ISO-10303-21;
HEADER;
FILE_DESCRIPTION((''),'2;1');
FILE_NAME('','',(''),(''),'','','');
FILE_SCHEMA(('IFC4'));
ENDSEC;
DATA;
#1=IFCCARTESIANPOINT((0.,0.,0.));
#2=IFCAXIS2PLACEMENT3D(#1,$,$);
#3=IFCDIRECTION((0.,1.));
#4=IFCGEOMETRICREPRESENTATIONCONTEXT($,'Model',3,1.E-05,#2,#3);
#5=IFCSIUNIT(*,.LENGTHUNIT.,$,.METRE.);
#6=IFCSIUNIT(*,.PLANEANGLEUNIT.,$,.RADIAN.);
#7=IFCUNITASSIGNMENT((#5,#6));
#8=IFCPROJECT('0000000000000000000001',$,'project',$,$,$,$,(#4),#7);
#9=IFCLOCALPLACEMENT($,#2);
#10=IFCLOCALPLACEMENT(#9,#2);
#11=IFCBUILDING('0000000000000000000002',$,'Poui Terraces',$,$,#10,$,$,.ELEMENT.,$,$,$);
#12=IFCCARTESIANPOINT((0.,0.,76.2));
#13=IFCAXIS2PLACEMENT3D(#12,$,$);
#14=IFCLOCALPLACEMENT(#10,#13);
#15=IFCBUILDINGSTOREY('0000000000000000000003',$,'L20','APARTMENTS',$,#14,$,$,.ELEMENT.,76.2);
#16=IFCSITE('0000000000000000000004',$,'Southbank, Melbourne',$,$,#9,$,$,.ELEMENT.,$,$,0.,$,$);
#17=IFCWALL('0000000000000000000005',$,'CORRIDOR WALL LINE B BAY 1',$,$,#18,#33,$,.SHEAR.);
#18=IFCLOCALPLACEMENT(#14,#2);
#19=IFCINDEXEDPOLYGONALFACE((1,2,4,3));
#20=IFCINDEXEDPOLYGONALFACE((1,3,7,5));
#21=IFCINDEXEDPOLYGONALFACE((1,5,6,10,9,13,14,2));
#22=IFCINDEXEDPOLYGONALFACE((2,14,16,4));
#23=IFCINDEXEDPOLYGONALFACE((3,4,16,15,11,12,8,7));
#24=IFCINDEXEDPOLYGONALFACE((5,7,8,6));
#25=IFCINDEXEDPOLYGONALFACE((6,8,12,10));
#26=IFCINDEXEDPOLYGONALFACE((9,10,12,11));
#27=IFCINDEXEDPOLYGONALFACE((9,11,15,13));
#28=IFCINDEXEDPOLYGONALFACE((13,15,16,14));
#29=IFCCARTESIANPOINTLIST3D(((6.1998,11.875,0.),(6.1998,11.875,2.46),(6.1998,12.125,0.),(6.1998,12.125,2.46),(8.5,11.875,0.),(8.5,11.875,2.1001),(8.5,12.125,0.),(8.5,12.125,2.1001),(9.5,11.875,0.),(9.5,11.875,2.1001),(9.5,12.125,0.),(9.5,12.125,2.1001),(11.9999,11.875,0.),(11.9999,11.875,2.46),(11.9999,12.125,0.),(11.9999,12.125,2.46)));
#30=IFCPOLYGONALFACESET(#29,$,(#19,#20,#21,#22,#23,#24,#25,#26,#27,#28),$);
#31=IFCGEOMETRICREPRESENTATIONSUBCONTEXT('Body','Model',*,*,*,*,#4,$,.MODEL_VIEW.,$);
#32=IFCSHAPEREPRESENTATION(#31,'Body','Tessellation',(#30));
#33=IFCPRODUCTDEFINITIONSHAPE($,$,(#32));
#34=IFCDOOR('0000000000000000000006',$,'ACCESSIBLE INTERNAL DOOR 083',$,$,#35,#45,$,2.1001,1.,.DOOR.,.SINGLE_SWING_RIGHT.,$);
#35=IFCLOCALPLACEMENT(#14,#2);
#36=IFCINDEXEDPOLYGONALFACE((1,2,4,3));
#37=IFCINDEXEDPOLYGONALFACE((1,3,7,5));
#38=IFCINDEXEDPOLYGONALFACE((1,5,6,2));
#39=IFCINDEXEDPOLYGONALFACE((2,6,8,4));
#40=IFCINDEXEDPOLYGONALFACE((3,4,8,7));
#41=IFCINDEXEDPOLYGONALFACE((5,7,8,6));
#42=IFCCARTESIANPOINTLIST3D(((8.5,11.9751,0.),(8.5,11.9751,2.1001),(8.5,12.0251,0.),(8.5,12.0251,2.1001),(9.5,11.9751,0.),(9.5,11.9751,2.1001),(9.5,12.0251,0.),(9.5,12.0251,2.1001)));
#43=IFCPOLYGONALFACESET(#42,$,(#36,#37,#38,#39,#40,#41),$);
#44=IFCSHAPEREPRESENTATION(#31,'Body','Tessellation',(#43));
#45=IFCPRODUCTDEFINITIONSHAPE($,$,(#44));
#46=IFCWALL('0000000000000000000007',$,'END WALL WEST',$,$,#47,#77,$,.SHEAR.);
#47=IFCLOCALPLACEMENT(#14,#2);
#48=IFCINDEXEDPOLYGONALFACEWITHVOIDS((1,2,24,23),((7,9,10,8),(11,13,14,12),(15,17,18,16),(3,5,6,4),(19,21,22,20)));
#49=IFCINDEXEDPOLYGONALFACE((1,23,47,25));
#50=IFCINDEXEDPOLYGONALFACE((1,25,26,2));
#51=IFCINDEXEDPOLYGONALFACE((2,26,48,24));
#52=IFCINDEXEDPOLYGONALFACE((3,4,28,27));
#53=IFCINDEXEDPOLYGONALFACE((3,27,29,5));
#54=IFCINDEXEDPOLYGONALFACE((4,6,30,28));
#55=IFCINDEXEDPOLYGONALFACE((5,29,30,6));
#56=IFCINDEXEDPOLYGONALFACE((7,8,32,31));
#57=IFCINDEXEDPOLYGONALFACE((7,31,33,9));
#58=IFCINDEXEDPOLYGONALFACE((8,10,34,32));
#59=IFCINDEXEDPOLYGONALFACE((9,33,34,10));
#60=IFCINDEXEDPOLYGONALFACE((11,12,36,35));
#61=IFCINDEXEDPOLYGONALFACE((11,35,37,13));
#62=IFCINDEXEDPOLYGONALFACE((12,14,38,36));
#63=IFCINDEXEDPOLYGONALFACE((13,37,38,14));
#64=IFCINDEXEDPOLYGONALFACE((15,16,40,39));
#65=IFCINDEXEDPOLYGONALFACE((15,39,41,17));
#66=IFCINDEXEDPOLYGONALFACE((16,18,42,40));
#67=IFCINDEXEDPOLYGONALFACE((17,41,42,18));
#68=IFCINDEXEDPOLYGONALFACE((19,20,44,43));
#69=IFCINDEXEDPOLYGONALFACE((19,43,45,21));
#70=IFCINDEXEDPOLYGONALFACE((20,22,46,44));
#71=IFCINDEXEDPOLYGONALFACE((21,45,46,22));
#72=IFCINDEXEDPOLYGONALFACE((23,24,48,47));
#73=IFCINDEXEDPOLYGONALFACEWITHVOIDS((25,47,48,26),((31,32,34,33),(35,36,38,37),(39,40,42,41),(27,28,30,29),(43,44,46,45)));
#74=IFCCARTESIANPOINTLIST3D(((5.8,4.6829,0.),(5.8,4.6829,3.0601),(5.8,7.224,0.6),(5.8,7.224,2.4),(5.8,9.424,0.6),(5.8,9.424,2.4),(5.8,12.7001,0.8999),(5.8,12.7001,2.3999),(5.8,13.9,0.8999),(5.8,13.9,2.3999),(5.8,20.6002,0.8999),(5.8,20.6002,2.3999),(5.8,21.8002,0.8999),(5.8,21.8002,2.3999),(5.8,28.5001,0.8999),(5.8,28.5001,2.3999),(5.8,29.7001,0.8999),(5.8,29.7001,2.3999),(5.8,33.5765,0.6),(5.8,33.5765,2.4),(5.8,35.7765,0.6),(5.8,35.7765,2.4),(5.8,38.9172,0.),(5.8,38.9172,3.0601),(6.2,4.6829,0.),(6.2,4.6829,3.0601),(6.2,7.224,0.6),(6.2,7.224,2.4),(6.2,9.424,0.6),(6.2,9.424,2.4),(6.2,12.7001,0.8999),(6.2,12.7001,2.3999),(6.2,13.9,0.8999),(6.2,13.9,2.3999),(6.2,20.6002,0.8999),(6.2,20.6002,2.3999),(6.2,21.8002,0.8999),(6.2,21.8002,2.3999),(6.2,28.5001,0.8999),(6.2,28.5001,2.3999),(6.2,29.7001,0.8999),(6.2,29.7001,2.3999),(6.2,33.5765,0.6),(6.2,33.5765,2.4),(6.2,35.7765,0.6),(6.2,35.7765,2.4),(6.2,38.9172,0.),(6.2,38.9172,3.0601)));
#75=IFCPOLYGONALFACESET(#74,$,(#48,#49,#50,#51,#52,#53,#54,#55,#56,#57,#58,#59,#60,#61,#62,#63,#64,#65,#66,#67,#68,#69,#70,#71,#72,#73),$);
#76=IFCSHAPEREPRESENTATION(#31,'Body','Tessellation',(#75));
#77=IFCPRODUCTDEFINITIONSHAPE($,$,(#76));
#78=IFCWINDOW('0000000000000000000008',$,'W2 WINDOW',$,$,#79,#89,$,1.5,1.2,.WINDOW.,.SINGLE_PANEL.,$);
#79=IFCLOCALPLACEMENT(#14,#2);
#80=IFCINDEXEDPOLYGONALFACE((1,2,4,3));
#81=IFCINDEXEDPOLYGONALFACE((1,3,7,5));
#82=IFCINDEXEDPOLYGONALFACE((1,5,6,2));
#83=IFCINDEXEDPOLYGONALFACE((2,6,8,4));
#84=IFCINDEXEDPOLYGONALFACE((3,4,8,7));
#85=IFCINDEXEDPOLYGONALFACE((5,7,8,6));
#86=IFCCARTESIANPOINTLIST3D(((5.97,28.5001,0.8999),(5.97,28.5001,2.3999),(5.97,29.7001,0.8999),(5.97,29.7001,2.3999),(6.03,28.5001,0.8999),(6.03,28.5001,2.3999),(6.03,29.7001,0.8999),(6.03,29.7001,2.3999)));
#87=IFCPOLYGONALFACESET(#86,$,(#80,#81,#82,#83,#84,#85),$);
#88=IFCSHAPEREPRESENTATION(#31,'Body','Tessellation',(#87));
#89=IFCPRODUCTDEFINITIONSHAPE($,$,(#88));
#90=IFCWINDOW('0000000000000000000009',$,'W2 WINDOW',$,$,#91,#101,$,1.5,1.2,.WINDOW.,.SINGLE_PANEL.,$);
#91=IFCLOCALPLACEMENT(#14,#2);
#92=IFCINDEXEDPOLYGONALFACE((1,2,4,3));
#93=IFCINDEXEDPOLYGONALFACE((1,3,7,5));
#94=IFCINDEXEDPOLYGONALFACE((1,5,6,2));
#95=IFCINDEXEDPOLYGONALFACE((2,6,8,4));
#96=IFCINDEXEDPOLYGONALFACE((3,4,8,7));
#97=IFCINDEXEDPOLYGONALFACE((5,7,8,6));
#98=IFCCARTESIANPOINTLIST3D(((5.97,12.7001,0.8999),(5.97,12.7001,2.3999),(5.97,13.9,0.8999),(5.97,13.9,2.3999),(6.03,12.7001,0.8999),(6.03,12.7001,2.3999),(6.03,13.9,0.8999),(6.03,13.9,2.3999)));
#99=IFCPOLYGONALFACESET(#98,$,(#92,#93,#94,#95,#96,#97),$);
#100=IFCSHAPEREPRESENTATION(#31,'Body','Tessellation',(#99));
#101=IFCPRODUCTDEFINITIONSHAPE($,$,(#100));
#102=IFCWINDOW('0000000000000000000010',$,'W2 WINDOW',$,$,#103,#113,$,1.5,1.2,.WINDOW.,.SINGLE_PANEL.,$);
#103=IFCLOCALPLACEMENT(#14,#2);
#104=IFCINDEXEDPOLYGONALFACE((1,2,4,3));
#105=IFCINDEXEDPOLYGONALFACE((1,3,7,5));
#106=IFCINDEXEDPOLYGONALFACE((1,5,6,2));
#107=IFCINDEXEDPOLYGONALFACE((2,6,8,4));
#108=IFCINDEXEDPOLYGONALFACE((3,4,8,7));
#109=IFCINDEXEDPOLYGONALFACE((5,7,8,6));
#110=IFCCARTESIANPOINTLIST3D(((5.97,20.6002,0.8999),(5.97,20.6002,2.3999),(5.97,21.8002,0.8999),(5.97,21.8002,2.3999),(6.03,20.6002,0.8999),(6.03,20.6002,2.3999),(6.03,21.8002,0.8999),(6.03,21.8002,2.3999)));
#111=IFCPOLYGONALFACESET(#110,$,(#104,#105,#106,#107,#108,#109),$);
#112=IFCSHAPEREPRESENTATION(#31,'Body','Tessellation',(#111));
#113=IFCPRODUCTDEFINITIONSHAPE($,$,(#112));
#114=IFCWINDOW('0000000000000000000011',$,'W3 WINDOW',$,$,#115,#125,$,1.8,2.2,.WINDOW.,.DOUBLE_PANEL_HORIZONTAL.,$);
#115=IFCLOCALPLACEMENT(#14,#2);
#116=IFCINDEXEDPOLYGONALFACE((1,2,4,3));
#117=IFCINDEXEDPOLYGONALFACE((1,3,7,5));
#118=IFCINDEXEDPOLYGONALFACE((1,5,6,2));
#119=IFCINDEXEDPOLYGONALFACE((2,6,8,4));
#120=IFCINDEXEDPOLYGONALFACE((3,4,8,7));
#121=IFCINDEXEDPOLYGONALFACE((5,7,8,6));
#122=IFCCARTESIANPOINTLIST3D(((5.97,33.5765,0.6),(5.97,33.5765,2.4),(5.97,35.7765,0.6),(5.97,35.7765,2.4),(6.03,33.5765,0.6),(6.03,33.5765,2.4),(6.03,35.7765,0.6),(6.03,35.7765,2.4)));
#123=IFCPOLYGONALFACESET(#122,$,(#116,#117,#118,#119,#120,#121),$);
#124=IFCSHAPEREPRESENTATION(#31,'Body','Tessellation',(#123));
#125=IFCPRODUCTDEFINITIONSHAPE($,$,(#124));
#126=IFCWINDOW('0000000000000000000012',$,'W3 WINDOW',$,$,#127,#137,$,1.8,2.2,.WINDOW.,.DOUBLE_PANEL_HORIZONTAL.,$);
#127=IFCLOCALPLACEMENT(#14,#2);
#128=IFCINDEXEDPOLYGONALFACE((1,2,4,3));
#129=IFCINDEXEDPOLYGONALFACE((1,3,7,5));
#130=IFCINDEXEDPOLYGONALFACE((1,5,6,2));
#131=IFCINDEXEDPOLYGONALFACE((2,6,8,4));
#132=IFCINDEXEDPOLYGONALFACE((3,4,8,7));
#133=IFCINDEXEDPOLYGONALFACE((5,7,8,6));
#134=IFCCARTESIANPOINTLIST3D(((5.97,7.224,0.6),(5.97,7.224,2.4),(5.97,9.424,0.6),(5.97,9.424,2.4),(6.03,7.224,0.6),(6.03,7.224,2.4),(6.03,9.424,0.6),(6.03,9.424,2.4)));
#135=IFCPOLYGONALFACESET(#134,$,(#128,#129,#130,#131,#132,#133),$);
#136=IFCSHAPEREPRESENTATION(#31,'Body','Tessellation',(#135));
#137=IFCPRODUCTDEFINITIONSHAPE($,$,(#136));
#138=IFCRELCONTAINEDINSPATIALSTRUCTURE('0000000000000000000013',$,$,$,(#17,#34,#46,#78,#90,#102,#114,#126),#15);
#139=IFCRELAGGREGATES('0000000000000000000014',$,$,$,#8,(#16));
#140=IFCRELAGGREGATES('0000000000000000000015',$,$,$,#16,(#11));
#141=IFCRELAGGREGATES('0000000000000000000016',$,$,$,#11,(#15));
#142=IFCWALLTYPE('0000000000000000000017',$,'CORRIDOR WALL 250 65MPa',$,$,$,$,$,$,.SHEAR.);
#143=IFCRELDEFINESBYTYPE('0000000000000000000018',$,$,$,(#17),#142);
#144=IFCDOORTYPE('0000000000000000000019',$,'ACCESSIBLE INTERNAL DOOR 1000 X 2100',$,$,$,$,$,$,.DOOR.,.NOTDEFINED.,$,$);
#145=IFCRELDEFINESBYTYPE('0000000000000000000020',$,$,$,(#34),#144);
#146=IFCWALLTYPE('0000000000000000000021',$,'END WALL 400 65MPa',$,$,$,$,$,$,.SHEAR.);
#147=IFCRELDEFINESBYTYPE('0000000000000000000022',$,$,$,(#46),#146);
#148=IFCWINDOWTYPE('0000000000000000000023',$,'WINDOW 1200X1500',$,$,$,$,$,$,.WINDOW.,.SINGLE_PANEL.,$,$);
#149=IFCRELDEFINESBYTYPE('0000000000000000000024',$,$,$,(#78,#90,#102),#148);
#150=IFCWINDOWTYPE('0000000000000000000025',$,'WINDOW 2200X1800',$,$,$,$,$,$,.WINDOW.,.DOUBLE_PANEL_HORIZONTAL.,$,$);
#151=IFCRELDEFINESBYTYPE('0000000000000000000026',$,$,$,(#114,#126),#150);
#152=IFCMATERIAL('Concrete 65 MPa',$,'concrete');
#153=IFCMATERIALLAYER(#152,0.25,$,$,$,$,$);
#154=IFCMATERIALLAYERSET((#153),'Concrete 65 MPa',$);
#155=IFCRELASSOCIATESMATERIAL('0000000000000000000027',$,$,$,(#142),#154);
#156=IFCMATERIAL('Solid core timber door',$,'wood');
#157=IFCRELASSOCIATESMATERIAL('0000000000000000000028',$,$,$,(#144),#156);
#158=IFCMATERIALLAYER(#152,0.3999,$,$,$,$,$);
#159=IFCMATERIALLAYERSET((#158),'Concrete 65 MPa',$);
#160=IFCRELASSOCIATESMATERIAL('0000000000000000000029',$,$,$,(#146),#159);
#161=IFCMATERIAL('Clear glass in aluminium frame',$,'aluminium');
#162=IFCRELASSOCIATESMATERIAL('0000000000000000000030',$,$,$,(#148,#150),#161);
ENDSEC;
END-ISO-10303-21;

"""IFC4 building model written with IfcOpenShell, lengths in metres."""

from ifc_helpers import new_model, si_unit, direction, frame, frame_2d, origin, place, context, subcontext, project, spatial, rectangle, extrude, material, layer, layer_set, type_object, element, fill, save


model = new_model("IFC4")

# Units and contexts
model_context = context("Model", 3, precision=1e-05, world=origin(), true_north=direction((0.0, 1.0)))
body_context = subcontext(model_context, "Body", "Model", "MODEL_VIEW")
ifc_project = project(units=[si_unit("LENGTHUNIT", "METRE"), si_unit("PLANEANGLEUNIT", "RADIAN")], contexts=[model_context])

# Site, building, storey
site_placement = place(None, origin())
site = spatial("IfcSite", under=ifc_project, at=site_placement, Name="Southbank, Melbourne", CompositionType="ELEMENT", RefElevation=0.0)
building_placement = place(site_placement, origin())
building = spatial("IfcBuilding", under=site, at=building_placement, Name="Poui Terraces", CompositionType="ELEMENT")
storey_placement = place(building_placement, frame((0.0, 0.0, 76.2)))
storey = spatial("IfcBuildingStorey", under=building, at=storey_placement, Name="L20", Description="APARTMENTS", CompositionType="ELEMENT", Elevation=76.2)

# Wall, opening, door
ifc_material_1 = material(Name="Concrete 65 MPa", Category="concrete")
ifc_layer_1 = layer(ifc_material_1, 0.25)
ifc_layer_set_1 = layer_set([ifc_layer_1], Name="Concrete 65 MPa")
wall_type_1 = type_object("IfcWallType", Name="CORRIDOR WALL 250 65MPa", PredefinedType="SHEAR", material=ifc_layer_set_1)
wall_1_placement = place(storey_placement, frame((6.2, 12.0, 0.0), z_axis=(0.0, 0.0, 1.0), x_axis=(1.0, 0.0, 0.0)))
wall_1 = element("IfcWall", 1, at=wall_1_placement, inside=storey, type_object=wall_type_1, Name="CORRIDOR WALL LINE B BAY 1", PredefinedType="SHEAR", context=body_context, shape_type="SweptSolid", body=[
    extrude(rectangle(XDim=5.8, YDim=0.25, at=frame_2d((2.8999, 0.0))), origin(), (0.0, 0.0, 1.0), 2.46),
])
opening_1_placement = place(wall_1_placement, frame((2.3, 0.0, 0.0)))
opening_1 = element("IfcOpeningElement", 2, at=opening_1_placement, cuts=wall_1, PredefinedType="OPENING", context=body_context, shape_type="SweptSolid", body=[
    extrude(rectangle(XDim=1.0, YDim=2.1001, at=frame_2d((0.5, 1.05))), frame((0.0, 0.135, 0.0), z_axis=(0.0, -1.0, 0.0), x_axis=(1.0, 0.0, 0.0)), (0.0, 0.0, 1.0), 0.27),
])
ifc_material_2 = material(Name="Solid core timber door", Category="wood")
door_type = type_object("IfcDoorType", Name="ACCESSIBLE INTERNAL DOOR 1000 X 2100", OperationType="NOTDEFINED", PredefinedType="DOOR", material=ifc_material_2)
door_placement = place(opening_1_placement, frame((1.0, 0.0, 0.0), z_axis=(0.0, 0.0, 1.0), x_axis=(-1.0, 0.0, 0.0)))
door = element("IfcDoor", 3, at=door_placement, inside=storey, type_object=door_type, Name="ACCESSIBLE INTERNAL DOOR 083", OperationType="SINGLE_SWING_RIGHT", OverallHeight=2.1001, OverallWidth=1.0, PredefinedType="DOOR", context=body_context, shape_type="SweptSolid", body=[
    extrude(rectangle(XDim=1.0, YDim=2.1001, at=frame_2d((0.5, 1.05))), frame((0.0, 0.0249, 0.0), z_axis=(0.0, -1.0, 0.0), x_axis=(1.0, 0.0, 0.0)), (0.0, 0.0, 1.0), 0.05),
])
fill(opening_1, door)

# Wall, openings, windows
ifc_layer_2 = layer(ifc_material_1, 0.3999)
ifc_layer_set_2 = layer_set([ifc_layer_2], Name="Concrete 65 MPa")
wall_type_2 = type_object("IfcWallType", Name="END WALL 400 65MPa", PredefinedType="SHEAR", material=ifc_layer_set_2)
wall_2_placement = place(storey_placement, frame((6.0, 4.6829, 0.0), z_axis=(0.0, 0.0, 1.0), x_axis=(0.0, 1.0, 0.0)))
wall_2 = element("IfcWall", 4, at=wall_2_placement, inside=storey, type_object=wall_type_2, Name="END WALL WEST", PredefinedType="SHEAR", context=body_context, shape_type="SweptSolid", body=[
    extrude(rectangle(XDim=34.2344, YDim=0.3999, at=frame_2d((17.1172, 0.0))), origin(), (0.0, 0.0, 1.0), 3.0601),
])
opening_2_placement = place(wall_2_placement, frame((23.8171, 0.0, 0.8999)))
opening_2 = element("IfcOpeningElement", 5, at=opening_2_placement, cuts=wall_2, PredefinedType="OPENING", context=body_context, shape_type="SweptSolid", body=[
    extrude(rectangle(XDim=1.2, YDim=1.5, at=frame_2d((0.6001, 0.75))), frame((0.0, 0.21, 0.0), z_axis=(0.0, -1.0, 0.0), x_axis=(1.0, 0.0, 0.0)), (0.0, 0.0, 1.0), 0.4199),
])
opening_3_placement = place(wall_2_placement, frame((8.0171, 0.0, 0.8999)))
opening_3 = element("IfcOpeningElement", 6, at=opening_3_placement, cuts=wall_2, PredefinedType="OPENING", context=body_context, shape_type="SweptSolid", body=[
    extrude(rectangle(XDim=1.2, YDim=1.5, at=frame_2d((0.6001, 0.75))), frame((0.0, 0.21, 0.0), z_axis=(0.0, -1.0, 0.0), x_axis=(1.0, 0.0, 0.0)), (0.0, 0.0, 1.0), 0.4199),
])
opening_4_placement = place(wall_2_placement, frame((15.9172, 0.0, 0.8999)))
opening_4 = element("IfcOpeningElement", 7, at=opening_4_placement, cuts=wall_2, PredefinedType="OPENING", context=body_context, shape_type="SweptSolid", body=[
    extrude(rectangle(XDim=1.2, YDim=1.5, at=frame_2d((0.6001, 0.75))), frame((0.0, 0.21, 0.0), z_axis=(0.0, -1.0, 0.0), x_axis=(1.0, 0.0, 0.0)), (0.0, 0.0, 1.0), 0.4199),
])
opening_5_placement = place(wall_2_placement, frame((28.8936, 0.0, 0.6001)))
opening_5 = element("IfcOpeningElement", 8, at=opening_5_placement, cuts=wall_2, PredefinedType="OPENING", context=body_context, shape_type="SweptSolid", body=[
    extrude(rectangle(XDim=2.2, YDim=1.8, at=frame_2d((1.1001, 0.8999))), frame((0.0, 0.21, 0.0), z_axis=(0.0, -1.0, 0.0), x_axis=(1.0, 0.0, 0.0)), (0.0, 0.0, 1.0), 0.4199),
])
opening_6_placement = place(wall_2_placement, frame((2.541, 0.0, 0.6001)))
opening_6 = element("IfcOpeningElement", 9, at=opening_6_placement, cuts=wall_2, PredefinedType="OPENING", context=body_context, shape_type="SweptSolid", body=[
    extrude(rectangle(XDim=2.2, YDim=1.8, at=frame_2d((1.1001, 0.8999))), frame((0.0, 0.21, 0.0), z_axis=(0.0, -1.0, 0.0), x_axis=(1.0, 0.0, 0.0)), (0.0, 0.0, 1.0), 0.4199),
])
ifc_material_3 = material(Name="Clear glass in aluminium frame", Category="aluminium")
window_type_1 = type_object("IfcWindowType", Name="WINDOW 1200X1500", PartitioningType="SINGLE_PANEL", PredefinedType="WINDOW", material=ifc_material_3)
window_1_placement = place(opening_2_placement, origin())
window_1 = element("IfcWindow", 10, at=window_1_placement, inside=storey, type_object=window_type_1, Name="W2 WINDOW", OverallHeight=1.5, OverallWidth=1.2, PartitioningType="SINGLE_PANEL", PredefinedType="WINDOW", context=body_context, shape_type="SweptSolid", body=[
    extrude(rectangle(XDim=1.2, YDim=1.5, at=frame_2d((0.6001, 0.75))), frame((0.0, 0.03, 0.0), z_axis=(0.0, -1.0, 0.0), x_axis=(1.0, 0.0, 0.0)), (0.0, 0.0, 1.0), 0.0601),
])
fill(opening_2, window_1)
window_2_placement = place(opening_3_placement, origin())
window_2 = element("IfcWindow", 11, at=window_2_placement, inside=storey, type_object=window_type_1, Name="W2 WINDOW", OverallHeight=1.5, OverallWidth=1.2, PartitioningType="SINGLE_PANEL", PredefinedType="WINDOW", context=body_context, shape_type="SweptSolid", body=[
    extrude(rectangle(XDim=1.2, YDim=1.5, at=frame_2d((0.6001, 0.75))), frame((0.0, 0.03, 0.0), z_axis=(0.0, -1.0, 0.0), x_axis=(1.0, 0.0, 0.0)), (0.0, 0.0, 1.0), 0.0601),
])
fill(opening_3, window_2)
window_3_placement = place(opening_4_placement, origin())
window_3 = element("IfcWindow", 12, at=window_3_placement, inside=storey, type_object=window_type_1, Name="W2 WINDOW", OverallHeight=1.5, OverallWidth=1.2, PartitioningType="SINGLE_PANEL", PredefinedType="WINDOW", context=body_context, shape_type="SweptSolid", body=[
    extrude(rectangle(XDim=1.2, YDim=1.5, at=frame_2d((0.6001, 0.75))), frame((0.0, 0.03, 0.0), z_axis=(0.0, -1.0, 0.0), x_axis=(1.0, 0.0, 0.0)), (0.0, 0.0, 1.0), 0.0601),
])
fill(opening_4, window_3)
window_type_2 = type_object("IfcWindowType", Name="WINDOW 2200X1800", PartitioningType="DOUBLE_PANEL_HORIZONTAL", PredefinedType="WINDOW", material=ifc_material_3)
window_4_placement = place(opening_5_placement, origin())
window_4 = element("IfcWindow", 13, at=window_4_placement, inside=storey, type_object=window_type_2, Name="W3 WINDOW", OverallHeight=1.8, OverallWidth=2.2, PartitioningType="DOUBLE_PANEL_HORIZONTAL", PredefinedType="WINDOW", context=body_context, shape_type="SweptSolid", body=[
    extrude(rectangle(XDim=2.2, YDim=1.8, at=frame_2d((1.1001, 0.8999))), frame((0.0, 0.03, 0.0), z_axis=(0.0, -1.0, 0.0), x_axis=(1.0, 0.0, 0.0)), (0.0, 0.0, 1.0), 0.0601),
])
fill(opening_5, window_4)
window_5_placement = place(opening_6_placement, origin())
window_5 = element("IfcWindow", 14, at=window_5_placement, inside=storey, type_object=window_type_2, Name="W3 WINDOW", OverallHeight=1.8, OverallWidth=2.2, PartitioningType="DOUBLE_PANEL_HORIZONTAL", PredefinedType="WINDOW", context=body_context, shape_type="SweptSolid", body=[
    extrude(rectangle(XDim=2.2, YDim=1.8, at=frame_2d((1.1001, 0.8999))), frame((0.0, 0.03, 0.0), z_axis=(0.0, -1.0, 0.0), x_axis=(1.0, 0.0, 0.0)), (0.0, 0.0, 1.0), 0.0601),
])
fill(opening_6, window_5)

save(model, "model.ifc")
